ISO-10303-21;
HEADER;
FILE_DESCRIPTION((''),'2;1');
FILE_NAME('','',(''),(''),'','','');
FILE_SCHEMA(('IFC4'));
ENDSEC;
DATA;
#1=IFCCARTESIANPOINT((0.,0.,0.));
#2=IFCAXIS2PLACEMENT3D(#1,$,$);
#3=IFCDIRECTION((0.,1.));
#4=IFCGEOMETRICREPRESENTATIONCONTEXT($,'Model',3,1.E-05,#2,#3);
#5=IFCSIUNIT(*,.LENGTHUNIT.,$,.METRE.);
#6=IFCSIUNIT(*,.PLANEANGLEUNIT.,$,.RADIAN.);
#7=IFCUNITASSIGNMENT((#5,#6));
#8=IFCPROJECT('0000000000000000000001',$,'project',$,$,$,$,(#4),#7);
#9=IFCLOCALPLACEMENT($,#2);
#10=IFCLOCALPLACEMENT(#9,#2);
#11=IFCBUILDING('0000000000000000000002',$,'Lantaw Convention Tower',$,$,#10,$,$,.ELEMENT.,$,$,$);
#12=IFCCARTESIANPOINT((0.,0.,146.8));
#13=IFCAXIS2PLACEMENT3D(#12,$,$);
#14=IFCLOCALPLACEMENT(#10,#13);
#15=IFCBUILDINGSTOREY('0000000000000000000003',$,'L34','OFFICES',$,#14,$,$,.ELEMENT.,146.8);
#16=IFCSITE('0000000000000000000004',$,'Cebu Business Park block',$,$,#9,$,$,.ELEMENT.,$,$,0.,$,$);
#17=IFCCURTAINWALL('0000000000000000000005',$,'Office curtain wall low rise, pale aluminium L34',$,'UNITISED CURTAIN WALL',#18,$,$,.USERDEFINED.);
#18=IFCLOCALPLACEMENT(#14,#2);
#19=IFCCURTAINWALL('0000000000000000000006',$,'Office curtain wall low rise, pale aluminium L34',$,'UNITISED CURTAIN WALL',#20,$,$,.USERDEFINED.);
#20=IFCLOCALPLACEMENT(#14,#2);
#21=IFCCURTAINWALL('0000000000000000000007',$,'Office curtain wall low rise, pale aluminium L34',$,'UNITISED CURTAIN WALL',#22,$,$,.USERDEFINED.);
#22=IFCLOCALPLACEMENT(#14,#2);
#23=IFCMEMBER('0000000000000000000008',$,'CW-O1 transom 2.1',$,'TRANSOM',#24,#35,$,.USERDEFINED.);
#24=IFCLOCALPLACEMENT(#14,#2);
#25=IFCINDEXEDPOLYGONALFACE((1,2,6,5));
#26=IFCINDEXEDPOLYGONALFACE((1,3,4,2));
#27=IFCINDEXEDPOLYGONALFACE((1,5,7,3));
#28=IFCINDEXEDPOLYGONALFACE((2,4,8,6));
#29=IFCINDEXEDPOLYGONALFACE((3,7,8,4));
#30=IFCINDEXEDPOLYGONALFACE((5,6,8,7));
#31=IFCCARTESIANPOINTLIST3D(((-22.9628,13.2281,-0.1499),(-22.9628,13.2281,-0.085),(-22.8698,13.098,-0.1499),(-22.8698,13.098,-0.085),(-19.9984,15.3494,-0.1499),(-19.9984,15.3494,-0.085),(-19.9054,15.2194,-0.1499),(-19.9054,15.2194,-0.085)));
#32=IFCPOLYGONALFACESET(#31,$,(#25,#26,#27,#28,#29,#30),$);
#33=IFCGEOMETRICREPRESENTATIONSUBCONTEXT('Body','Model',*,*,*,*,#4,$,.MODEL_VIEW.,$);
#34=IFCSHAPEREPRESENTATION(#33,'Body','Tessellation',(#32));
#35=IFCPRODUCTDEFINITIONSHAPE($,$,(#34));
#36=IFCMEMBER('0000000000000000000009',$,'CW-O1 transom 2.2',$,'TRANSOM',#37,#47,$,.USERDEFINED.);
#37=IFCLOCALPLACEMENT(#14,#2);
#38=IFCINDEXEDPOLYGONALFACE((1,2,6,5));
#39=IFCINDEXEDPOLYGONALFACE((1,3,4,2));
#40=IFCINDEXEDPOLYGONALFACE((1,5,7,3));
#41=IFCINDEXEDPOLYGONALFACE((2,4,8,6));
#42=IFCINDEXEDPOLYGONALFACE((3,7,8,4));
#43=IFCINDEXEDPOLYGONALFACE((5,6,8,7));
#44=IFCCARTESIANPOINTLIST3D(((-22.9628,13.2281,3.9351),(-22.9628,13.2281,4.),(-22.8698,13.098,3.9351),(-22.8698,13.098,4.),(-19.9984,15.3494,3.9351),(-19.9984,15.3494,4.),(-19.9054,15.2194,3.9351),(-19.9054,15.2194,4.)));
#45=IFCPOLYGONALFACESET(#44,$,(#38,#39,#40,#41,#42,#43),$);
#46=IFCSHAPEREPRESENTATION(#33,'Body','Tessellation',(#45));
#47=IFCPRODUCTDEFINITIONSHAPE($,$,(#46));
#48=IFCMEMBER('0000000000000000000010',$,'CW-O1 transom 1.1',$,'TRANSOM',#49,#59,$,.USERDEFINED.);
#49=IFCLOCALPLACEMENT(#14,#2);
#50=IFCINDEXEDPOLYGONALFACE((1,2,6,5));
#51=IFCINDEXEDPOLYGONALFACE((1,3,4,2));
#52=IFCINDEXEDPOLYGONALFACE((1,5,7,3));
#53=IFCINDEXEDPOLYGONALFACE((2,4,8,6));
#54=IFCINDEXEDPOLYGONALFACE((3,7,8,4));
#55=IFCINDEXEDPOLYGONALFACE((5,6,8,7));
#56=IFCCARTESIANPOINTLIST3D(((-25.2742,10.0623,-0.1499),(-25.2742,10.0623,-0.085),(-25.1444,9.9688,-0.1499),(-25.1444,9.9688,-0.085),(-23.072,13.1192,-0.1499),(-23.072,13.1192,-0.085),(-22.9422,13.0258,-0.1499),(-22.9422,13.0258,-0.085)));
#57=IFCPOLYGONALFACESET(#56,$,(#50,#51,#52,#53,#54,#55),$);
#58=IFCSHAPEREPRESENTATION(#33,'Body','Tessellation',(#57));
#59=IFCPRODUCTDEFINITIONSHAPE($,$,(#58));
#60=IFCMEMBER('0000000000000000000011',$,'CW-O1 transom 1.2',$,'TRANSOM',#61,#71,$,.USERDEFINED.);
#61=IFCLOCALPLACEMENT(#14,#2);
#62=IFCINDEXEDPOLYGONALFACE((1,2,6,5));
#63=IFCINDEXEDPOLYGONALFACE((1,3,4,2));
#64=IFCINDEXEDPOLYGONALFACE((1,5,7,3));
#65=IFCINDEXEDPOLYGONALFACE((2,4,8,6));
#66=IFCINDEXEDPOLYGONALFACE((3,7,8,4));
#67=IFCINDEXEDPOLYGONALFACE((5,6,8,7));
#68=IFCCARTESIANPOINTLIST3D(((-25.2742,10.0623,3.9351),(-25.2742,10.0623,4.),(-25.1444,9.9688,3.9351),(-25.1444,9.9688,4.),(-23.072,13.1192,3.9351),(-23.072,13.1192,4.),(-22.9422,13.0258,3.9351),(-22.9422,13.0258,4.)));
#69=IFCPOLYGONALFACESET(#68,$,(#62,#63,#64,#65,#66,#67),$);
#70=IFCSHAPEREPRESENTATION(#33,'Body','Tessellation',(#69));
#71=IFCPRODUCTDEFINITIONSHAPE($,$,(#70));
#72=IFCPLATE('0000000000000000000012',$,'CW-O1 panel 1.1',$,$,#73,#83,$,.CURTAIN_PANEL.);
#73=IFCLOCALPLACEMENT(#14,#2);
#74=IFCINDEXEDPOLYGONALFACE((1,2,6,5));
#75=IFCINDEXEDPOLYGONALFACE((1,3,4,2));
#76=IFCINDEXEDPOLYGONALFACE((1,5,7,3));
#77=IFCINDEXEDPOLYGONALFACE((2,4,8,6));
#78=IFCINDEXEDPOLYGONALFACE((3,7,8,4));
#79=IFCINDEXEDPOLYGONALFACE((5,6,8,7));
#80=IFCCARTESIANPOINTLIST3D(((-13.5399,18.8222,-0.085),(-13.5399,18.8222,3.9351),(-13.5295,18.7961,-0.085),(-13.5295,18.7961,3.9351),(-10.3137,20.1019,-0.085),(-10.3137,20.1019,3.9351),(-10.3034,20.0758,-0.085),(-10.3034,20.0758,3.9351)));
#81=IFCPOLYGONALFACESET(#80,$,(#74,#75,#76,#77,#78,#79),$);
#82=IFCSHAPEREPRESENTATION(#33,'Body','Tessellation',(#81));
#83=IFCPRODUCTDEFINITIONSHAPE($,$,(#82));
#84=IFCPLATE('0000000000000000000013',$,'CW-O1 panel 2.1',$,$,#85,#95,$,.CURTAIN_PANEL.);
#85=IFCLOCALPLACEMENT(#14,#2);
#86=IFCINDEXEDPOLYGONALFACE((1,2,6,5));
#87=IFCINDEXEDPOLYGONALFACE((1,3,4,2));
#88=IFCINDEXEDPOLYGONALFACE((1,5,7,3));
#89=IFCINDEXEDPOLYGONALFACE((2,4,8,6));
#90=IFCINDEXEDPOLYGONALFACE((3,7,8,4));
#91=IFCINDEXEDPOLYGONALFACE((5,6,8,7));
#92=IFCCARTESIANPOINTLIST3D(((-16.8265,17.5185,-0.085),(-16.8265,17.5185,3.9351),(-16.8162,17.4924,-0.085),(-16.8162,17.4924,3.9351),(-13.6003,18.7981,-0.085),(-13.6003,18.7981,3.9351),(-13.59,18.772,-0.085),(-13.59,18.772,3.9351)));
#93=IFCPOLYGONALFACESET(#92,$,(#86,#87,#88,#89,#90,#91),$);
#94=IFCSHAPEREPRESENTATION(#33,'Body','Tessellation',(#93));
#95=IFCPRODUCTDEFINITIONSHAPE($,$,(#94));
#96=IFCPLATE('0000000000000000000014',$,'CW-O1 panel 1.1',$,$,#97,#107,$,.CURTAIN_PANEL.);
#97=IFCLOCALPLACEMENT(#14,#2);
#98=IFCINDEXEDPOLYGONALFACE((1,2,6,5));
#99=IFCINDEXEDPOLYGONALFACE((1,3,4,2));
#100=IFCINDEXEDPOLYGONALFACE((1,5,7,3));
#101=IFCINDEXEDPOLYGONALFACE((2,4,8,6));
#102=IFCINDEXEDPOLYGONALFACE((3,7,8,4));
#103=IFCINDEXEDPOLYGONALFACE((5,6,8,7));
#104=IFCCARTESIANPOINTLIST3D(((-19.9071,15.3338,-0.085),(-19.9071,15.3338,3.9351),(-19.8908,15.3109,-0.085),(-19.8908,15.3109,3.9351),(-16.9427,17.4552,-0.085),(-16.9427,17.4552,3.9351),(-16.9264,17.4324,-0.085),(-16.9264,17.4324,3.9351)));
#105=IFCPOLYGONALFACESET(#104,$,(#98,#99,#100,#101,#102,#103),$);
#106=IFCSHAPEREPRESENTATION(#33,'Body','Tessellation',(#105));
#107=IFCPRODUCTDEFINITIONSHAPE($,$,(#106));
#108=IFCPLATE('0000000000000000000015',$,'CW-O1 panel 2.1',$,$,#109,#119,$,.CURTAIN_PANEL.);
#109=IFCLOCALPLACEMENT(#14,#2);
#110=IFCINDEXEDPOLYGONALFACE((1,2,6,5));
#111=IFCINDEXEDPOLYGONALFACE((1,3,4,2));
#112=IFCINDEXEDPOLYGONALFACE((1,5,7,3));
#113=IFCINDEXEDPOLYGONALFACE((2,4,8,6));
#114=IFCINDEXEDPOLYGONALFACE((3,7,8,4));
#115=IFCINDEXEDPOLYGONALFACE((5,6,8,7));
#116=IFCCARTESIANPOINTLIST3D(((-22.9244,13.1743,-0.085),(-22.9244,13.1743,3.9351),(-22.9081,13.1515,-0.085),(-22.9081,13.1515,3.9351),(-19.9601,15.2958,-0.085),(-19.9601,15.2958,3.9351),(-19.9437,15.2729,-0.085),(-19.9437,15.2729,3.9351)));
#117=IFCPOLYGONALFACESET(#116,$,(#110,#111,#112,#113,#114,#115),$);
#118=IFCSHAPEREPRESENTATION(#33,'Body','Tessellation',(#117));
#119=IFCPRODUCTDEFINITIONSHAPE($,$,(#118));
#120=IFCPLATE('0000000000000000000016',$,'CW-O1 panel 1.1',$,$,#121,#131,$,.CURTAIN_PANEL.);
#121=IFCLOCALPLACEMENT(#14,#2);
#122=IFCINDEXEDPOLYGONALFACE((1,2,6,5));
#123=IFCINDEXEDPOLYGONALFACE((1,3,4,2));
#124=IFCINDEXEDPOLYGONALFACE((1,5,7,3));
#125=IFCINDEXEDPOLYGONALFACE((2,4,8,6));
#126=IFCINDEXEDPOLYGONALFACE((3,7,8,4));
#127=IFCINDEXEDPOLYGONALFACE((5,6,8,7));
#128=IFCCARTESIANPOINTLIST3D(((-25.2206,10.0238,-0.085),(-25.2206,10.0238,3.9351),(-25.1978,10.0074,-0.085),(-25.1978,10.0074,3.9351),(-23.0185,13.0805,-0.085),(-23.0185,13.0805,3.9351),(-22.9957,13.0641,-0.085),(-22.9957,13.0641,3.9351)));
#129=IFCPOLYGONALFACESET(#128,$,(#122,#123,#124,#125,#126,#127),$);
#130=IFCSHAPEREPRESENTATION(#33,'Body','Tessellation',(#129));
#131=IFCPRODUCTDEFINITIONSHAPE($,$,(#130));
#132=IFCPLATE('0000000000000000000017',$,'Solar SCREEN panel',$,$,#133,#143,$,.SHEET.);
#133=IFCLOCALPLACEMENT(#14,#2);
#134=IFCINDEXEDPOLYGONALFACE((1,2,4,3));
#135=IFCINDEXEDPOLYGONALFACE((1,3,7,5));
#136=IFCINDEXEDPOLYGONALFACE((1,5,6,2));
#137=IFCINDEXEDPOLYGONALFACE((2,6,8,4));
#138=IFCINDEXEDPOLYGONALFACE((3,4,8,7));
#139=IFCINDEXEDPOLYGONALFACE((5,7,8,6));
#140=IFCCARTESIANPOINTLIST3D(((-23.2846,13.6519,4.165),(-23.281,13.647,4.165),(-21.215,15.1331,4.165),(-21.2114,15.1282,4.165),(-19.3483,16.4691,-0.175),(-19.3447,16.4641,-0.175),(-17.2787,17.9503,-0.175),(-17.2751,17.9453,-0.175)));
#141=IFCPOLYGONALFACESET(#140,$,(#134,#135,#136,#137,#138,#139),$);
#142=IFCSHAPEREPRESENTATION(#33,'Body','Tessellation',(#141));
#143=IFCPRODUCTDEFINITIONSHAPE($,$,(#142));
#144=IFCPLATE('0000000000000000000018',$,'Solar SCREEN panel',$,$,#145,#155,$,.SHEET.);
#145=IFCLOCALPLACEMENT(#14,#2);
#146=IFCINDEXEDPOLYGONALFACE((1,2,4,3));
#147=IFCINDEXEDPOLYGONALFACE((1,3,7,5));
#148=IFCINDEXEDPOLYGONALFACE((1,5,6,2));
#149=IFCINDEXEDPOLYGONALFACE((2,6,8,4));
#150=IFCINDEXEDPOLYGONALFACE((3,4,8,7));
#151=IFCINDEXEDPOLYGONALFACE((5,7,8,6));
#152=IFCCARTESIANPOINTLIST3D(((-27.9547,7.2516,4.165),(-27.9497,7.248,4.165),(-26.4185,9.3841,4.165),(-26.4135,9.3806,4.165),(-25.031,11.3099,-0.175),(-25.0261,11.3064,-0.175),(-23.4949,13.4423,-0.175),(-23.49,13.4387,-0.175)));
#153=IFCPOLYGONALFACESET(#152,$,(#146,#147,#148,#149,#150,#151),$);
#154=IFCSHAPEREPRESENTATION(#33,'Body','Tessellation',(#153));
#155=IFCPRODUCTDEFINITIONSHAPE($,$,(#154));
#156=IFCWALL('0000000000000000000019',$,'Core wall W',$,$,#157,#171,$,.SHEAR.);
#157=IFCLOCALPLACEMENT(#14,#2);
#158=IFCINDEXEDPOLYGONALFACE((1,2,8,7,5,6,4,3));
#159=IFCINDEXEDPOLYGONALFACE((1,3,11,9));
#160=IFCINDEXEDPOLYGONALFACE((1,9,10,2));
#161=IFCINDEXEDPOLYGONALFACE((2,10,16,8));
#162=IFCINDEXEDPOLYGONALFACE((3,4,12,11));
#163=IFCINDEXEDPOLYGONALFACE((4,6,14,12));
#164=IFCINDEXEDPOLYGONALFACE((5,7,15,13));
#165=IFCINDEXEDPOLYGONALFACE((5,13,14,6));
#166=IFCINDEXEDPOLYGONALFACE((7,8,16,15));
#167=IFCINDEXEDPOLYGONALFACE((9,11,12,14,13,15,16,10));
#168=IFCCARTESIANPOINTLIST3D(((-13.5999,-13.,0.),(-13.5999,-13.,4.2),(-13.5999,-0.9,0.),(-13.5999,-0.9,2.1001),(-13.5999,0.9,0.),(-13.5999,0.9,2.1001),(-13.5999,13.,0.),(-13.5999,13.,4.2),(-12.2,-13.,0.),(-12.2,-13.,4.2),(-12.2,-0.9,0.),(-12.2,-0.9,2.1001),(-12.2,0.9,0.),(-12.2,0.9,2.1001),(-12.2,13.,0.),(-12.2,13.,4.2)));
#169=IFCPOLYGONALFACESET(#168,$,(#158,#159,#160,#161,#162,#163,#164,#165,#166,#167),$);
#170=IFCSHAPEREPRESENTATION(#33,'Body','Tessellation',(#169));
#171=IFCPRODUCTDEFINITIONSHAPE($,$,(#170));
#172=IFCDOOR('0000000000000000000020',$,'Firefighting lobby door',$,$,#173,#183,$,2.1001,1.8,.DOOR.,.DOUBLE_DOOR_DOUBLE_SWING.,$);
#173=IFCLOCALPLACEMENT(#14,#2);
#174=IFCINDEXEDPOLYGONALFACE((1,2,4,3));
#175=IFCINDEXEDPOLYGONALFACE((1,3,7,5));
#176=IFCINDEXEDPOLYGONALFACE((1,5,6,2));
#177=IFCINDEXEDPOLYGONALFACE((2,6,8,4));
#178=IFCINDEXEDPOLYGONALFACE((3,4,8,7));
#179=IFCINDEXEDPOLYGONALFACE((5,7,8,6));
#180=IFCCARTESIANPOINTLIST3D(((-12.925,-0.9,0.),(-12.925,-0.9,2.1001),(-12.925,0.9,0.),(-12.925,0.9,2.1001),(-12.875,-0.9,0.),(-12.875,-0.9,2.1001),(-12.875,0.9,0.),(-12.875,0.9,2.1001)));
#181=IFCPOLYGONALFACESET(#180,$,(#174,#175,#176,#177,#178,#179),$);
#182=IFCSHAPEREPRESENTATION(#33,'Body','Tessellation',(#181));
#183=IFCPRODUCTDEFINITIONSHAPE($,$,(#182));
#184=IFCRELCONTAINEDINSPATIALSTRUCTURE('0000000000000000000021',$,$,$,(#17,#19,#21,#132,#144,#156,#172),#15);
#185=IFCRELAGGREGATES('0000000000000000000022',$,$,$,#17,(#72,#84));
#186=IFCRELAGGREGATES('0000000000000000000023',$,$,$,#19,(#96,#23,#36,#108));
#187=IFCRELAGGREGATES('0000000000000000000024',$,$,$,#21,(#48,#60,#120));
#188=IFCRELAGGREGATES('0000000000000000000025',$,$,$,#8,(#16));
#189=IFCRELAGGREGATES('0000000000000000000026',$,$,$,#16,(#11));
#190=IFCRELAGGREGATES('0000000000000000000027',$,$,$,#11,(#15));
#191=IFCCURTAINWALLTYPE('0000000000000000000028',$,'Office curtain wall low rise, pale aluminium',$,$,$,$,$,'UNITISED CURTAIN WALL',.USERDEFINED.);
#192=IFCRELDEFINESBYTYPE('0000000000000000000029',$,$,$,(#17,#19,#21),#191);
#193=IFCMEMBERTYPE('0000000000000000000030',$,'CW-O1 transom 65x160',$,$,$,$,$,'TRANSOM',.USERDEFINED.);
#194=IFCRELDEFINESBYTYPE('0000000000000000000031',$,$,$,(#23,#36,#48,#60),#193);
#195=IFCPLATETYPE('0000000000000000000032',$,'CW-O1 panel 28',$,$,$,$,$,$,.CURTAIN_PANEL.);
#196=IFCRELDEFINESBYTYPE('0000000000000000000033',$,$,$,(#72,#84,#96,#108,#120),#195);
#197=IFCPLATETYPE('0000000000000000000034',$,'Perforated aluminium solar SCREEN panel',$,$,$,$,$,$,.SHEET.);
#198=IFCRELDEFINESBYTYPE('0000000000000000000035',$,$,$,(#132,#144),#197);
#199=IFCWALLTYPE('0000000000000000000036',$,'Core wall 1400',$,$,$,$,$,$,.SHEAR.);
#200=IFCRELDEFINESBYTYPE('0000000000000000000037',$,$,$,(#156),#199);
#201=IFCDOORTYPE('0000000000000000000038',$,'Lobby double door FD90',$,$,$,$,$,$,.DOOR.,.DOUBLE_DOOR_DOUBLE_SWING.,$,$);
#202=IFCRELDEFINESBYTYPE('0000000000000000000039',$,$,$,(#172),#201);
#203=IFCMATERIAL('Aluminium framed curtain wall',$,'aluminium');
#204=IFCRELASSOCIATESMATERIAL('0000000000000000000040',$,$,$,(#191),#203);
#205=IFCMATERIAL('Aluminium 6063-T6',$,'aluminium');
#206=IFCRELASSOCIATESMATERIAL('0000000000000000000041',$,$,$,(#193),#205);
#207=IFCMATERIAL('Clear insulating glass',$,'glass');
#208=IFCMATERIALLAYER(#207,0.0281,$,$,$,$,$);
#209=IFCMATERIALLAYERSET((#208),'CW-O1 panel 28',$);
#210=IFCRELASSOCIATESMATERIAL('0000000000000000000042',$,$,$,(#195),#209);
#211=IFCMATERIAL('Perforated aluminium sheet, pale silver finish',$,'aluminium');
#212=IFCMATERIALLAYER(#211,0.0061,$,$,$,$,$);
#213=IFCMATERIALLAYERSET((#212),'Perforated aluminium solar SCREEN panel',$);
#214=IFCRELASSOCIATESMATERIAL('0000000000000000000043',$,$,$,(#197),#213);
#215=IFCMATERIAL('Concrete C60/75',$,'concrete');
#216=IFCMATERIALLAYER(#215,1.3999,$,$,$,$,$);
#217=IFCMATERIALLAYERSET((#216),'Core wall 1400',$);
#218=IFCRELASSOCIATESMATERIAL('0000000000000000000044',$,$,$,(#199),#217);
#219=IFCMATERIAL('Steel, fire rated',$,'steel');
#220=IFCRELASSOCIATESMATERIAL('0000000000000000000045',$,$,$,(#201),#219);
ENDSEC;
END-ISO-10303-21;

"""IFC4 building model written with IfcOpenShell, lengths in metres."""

from ifc_helpers import new_model, si_unit, direction, frame, frame_2d, origin, origin_2d, place, context, subcontext, project, spatial, polyline, rectangle, outline, extrude, material, layer, layer_set, material_profile, profile_set, type_object, element, fill, aggregate, save


model = new_model("IFC4")

# Units and contexts
model_context = context("Model", 3, precision=1e-05, world=origin(), true_north=direction((0.0, 1.0)))
body_context = subcontext(model_context, "Body", "Model", "MODEL_VIEW")
ifc_project = project(units=[si_unit("LENGTHUNIT", "METRE"), si_unit("PLANEANGLEUNIT", "RADIAN")], contexts=[model_context])

# Site, building, storey
site_placement = place(None, origin())
site = spatial("IfcSite", under=ifc_project, at=site_placement, Name="Cebu Business Park block", CompositionType="ELEMENT", RefElevation=0.0)
building_placement = place(site_placement, origin())
building = spatial("IfcBuilding", under=site, at=building_placement, Name="Lantaw Convention Tower", CompositionType="ELEMENT")
storey_placement = place(building_placement, frame((0.0, 0.0, 146.8)))
storey = spatial("IfcBuildingStorey", under=building, at=storey_placement, Name="L34", Description="OFFICES", CompositionType="ELEMENT", Elevation=146.8)

# Shared definitions
ifc_material_1 = material(Name="Concrete C60/75", Category="concrete")

# Curtain walls
ifc_material_2 = material(Name="Aluminium framed curtain wall", Category="aluminium")
curtain_wall_type = type_object("IfcCurtainWallType", Name="Office curtain wall low rise, pale aluminium", ElementType="UNITISED CURTAIN WALL", PredefinedType="USERDEFINED", material=ifc_material_2)
curtain_wall_1_placement = place(storey_placement, origin())
curtain_wall_1 = element("IfcCurtainWall", 1, at=curtain_wall_1_placement, inside=storey, type_object=curtain_wall_type, Name="Office curtain wall low rise, pale aluminium L34", ObjectType="UNITISED CURTAIN WALL", PredefinedType="USERDEFINED")
ifc_material_3 = material(Name="Aluminium 6063-T6", Category="aluminium")
curtain_wall_2_placement = place(storey_placement, origin())
curtain_wall_2 = element("IfcCurtainWall", 2, at=curtain_wall_2_placement, inside=storey, type_object=curtain_wall_type, Name="Office curtain wall low rise, pale aluminium L34", ObjectType="UNITISED CURTAIN WALL", PredefinedType="USERDEFINED")
curtain_wall_3_placement = place(storey_placement, origin())
curtain_wall_3 = element("IfcCurtainWall", 3, at=curtain_wall_3_placement, inside=storey, type_object=curtain_wall_type, Name="Office curtain wall low rise, pale aluminium L34", ObjectType="UNITISED CURTAIN WALL", PredefinedType="USERDEFINED")

# Members
ifc_material_profile_1 = material_profile(ifc_material_3, rectangle(XDim=0.1599, YDim=0.0649, at=origin_2d()), Name="CW-O1 transom 65x160")
ifc_profile_set_1 = profile_set([ifc_material_profile_1], Name="Aluminium 6063-T6")
member_type_1 = type_object("IfcMemberType", Name="CW-O1 transom 65x160", ElementType="TRANSOM", PredefinedType="USERDEFINED", material=ifc_profile_set_1)
member_1_placement = place(storey_placement, frame((-19.9519, 15.2844, -0.1174), z_axis=(-0.813222, -0.581954, 0.0), x_axis=(0.581954, -0.813222, 0.0)))
member_1 = element("IfcMember", 4, at=member_1_placement, type_object=member_type_1, Name="CW-O1 transom 2.1", ObjectType="TRANSOM", PredefinedType="USERDEFINED", context=body_context, shape_type="SweptSolid", body=[
    extrude(rectangle(XDim=0.1599, YDim=0.0649, at=origin_2d()), origin(), (0.0, 0.0, 1.0), 3.6453),
])
member_2_placement = place(storey_placement, frame((-19.9519, 15.2844, 3.9675), z_axis=(-0.813222, -0.581954, 0.0), x_axis=(0.581954, -0.813222, 0.0)))
member_2 = element("IfcMember", 5, at=member_2_placement, type_object=member_type_1, Name="CW-O1 transom 2.2", ObjectType="TRANSOM", PredefinedType="USERDEFINED", context=body_context, shape_type="SweptSolid", body=[
    extrude(rectangle(XDim=0.1599, YDim=0.0649, at=origin_2d()), origin(), (0.0, 0.0, 1.0), 3.6453),
])
member_3_placement = place(storey_placement, frame((-23.0071, 13.0725, -0.1174), z_axis=(-0.584513, -0.811384, 0.0), x_axis=(0.811384, -0.584513, 0.0)))
member_3 = element("IfcMember", 6, at=member_3_placement, type_object=member_type_1, Name="CW-O1 transom 1.1", ObjectType="TRANSOM", PredefinedType="USERDEFINED", context=body_context, shape_type="SweptSolid", body=[
    extrude(rectangle(XDim=0.1599, YDim=0.0649, at=origin_2d()), origin(), (0.0, 0.0, 1.0), 3.7676),
])
member_4_placement = place(storey_placement, frame((-23.0071, 13.0725, 3.9675), z_axis=(-0.584513, -0.811384, 0.0), x_axis=(0.811384, -0.584513, 0.0)))
member_4 = element("IfcMember", 7, at=member_4_placement, type_object=member_type_1, Name="CW-O1 transom 1.2", ObjectType="TRANSOM", PredefinedType="USERDEFINED", context=body_context, shape_type="SweptSolid", body=[
    extrude(rectangle(XDim=0.1599, YDim=0.0649, at=origin_2d()), origin(), (0.0, 0.0, 1.0), 3.7676),
])

# Plates
ifc_material_4 = material(Name="Clear insulating glass", Category="glass")
ifc_layer_1 = layer(ifc_material_4, 0.0281)
ifc_layer_set_1 = layer_set([ifc_layer_1], Name="CW-O1 panel 28")
plate_type_1 = type_object("IfcPlateType", Name="CW-O1 panel 28", PredefinedType="CURTAIN_PANEL", material=ifc_layer_set_1)
plate_1_placement = place(storey_placement, frame((-11.9216, 19.449, -0.085), z_axis=(0.0, 0.0, 1.0), x_axis=(-0.929548, -0.368702, 0.0)))
plate_1 = element("IfcPlate", 8, at=plate_1_placement, type_object=plate_type_1, Name="CW-O1 panel 1.1", PredefinedType="CURTAIN_PANEL", context=body_context, shape_type="SweptSolid", body=[
    extrude(rectangle(XDim=3.4707, YDim=0.0281, at=origin_2d()), origin(), (0.0, 0.0, 1.0), 4.02),
])
plate_2_placement = place(storey_placement, frame((-15.2083, 18.1453, -0.085), z_axis=(0.0, 0.0, 1.0), x_axis=(-0.929548, -0.368702, 0.0)))
plate_2 = element("IfcPlate", 9, at=plate_2_placement, type_object=plate_type_1, Name="CW-O1 panel 2.1", PredefinedType="CURTAIN_PANEL", context=body_context, shape_type="SweptSolid", body=[
    extrude(rectangle(XDim=3.4707, YDim=0.0281, at=origin_2d()), origin(), (0.0, 0.0, 1.0), 4.02),
])
aggregate(curtain_wall_1, [plate_1, plate_2])
plate_3_placement = place(storey_placement, frame((-18.4167, 16.3831, -0.085), z_axis=(0.0, 0.0, 1.0), x_axis=(-0.813208, -0.581973, 0.0)))
plate_3 = element("IfcPlate", 10, at=plate_3_placement, type_object=plate_type_1, Name="CW-O1 panel 1.1", PredefinedType="CURTAIN_PANEL", context=body_context, shape_type="SweptSolid", body=[
    extrude(rectangle(XDim=3.6453, YDim=0.0281, at=origin_2d()), origin(), (0.0, 0.0, 1.0), 4.02),
])
plate_4_placement = place(storey_placement, frame((-21.4341, 14.2236, -0.085), z_axis=(0.0, 0.0, 1.0), x_axis=(-0.813208, -0.581973, 0.0)))
plate_4 = element("IfcPlate", 11, at=plate_4_placement, type_object=plate_type_1, Name="CW-O1 panel 2.1", PredefinedType="CURTAIN_PANEL", context=body_context, shape_type="SweptSolid", body=[
    extrude(rectangle(XDim=3.6453, YDim=0.0281, at=origin_2d()), origin(), (0.0, 0.0, 1.0), 4.02),
])
aggregate(curtain_wall_2, [plate_3, member_1, member_2, plate_4])
plate_5_placement = place(storey_placement, frame((-24.1082, 11.5439, -0.085), z_axis=(0.0, 0.0, 1.0), x_axis=(-0.584513, -0.811385, 0.0)))
plate_5 = element("IfcPlate", 12, at=plate_5_placement, type_object=plate_type_1, Name="CW-O1 panel 1.1", PredefinedType="CURTAIN_PANEL", context=body_context, shape_type="SweptSolid", body=[
    extrude(rectangle(XDim=3.7673, YDim=0.0281, at=origin_2d()), origin(), (0.0, 0.0, 1.0), 4.02),
])
aggregate(curtain_wall_3, [member_3, member_4, plate_5])

# Plates
ifc_material_5 = material(Name="Perforated aluminium sheet, pale silver finish", Category="aluminium")
ifc_layer_2 = layer(ifc_material_5, 0.0061)
ifc_layer_set_2 = layer_set([ifc_layer_2], Name="Perforated aluminium solar SCREEN panel")
plate_type_2 = type_object("IfcPlateType", Name="Perforated aluminium solar SCREEN panel", PredefinedType="SHEET", material=ifc_layer_set_2)
plate_6_placement = place(storey_placement, frame((-17.2751, 17.9453, -0.175), z_axis=(0.582, -0.813189, 0.000012), x_axis=(-0.813189, -0.582, 0.0)))
element("IfcPlate", 13, at=plate_6_placement, inside=storey, type_object=plate_type_2, Name="Solar SCREEN panel", PredefinedType="SHEET", context=body_context, shape_type="SweptSolid", body=[
    extrude(outline(polyline([(0.0, 0.0), (2.545, 0.0), (7.3855, -4.3401), (4.8405, -4.3401), (0.0, 0.0)])), origin(), (0.0, 0.0, -1.0), 0.0061),
])
plate_7_placement = place(storey_placement, frame((-23.49, 13.4387, -0.175), z_axis=(0.811395, -0.584498, 0.000036), x_axis=(-0.584498, -0.811395, 0.0)))
element("IfcPlate", 14, at=plate_7_placement, inside=storey, type_object=plate_type_2, Name="Solar SCREEN panel", PredefinedType="SHEET", context=body_context, shape_type="SweptSolid", body=[
    extrude(outline(polyline([(0.0, 0.0), (2.628, 0.0), (7.6298, -4.3401), (5.0016, -4.3401), (0.0, 0.0)])), origin(), (0.0, 0.0, -1.0), 0.0061),
])

# Wall, opening, door
ifc_layer_3 = layer(ifc_material_1, 1.3999)
ifc_layer_set_3 = layer_set([ifc_layer_3], Name="Core wall 1400")
wall_type_1 = type_object("IfcWallType", Name="Core wall 1400", PredefinedType="SHEAR", material=ifc_layer_set_3)
wall_1_placement = place(storey_placement, frame((-12.8999, 13.0, 0.0), z_axis=(0.0, 0.0, 1.0), x_axis=(0.0, -1.0, 0.0)))
wall_1 = element("IfcWall", 15, at=wall_1_placement, inside=storey, type_object=wall_type_1, Name="Core wall W", PredefinedType="SHEAR", context=body_context, shape_type="SweptSolid", body=[
    extrude(rectangle(XDim=26.0, YDim=1.3999, at=frame_2d((13.0, 0.0))), origin(), (0.0, 0.0, 1.0), 4.2),
])
opening_placement = place(wall_1_placement, frame((12.1001, 0.0, 0.0)))
opening = element("IfcOpeningElement", 16, at=opening_placement, cuts=wall_1, PredefinedType="OPENING", context=body_context, shape_type="SweptSolid", body=[
    extrude(rectangle(XDim=1.8, YDim=2.1001, at=frame_2d((0.8999, 1.05))), frame((0.0, 0.71, 0.0), z_axis=(0.0, -1.0, 0.0), x_axis=(1.0, 0.0, 0.0)), (0.0, 0.0, 1.0), 1.4199),
])
ifc_material_6 = material(Name="Steel, fire rated", Category="steel")
door_type = type_object("IfcDoorType", Name="Lobby double door FD90", OperationType="DOUBLE_DOOR_DOUBLE_SWING", PredefinedType="DOOR", material=ifc_material_6)
door_placement = place(opening_placement, origin())
door = element("IfcDoor", 17, at=door_placement, inside=storey, type_object=door_type, Name="Firefighting lobby door", OperationType="DOUBLE_DOOR_DOUBLE_SWING", OverallHeight=2.1001, OverallWidth=1.8, PredefinedType="DOOR", context=body_context, shape_type="SweptSolid", body=[
    extrude(rectangle(XDim=1.8, YDim=2.1001, at=frame_2d((0.8999, 1.05))), frame((0.0, 0.0249, 0.0), z_axis=(0.0, -1.0, 0.0), x_axis=(1.0, 0.0, 0.0)), (0.0, 0.0, 1.0), 0.05),
])
fill(opening, door)

save(model, "model.ifc")
